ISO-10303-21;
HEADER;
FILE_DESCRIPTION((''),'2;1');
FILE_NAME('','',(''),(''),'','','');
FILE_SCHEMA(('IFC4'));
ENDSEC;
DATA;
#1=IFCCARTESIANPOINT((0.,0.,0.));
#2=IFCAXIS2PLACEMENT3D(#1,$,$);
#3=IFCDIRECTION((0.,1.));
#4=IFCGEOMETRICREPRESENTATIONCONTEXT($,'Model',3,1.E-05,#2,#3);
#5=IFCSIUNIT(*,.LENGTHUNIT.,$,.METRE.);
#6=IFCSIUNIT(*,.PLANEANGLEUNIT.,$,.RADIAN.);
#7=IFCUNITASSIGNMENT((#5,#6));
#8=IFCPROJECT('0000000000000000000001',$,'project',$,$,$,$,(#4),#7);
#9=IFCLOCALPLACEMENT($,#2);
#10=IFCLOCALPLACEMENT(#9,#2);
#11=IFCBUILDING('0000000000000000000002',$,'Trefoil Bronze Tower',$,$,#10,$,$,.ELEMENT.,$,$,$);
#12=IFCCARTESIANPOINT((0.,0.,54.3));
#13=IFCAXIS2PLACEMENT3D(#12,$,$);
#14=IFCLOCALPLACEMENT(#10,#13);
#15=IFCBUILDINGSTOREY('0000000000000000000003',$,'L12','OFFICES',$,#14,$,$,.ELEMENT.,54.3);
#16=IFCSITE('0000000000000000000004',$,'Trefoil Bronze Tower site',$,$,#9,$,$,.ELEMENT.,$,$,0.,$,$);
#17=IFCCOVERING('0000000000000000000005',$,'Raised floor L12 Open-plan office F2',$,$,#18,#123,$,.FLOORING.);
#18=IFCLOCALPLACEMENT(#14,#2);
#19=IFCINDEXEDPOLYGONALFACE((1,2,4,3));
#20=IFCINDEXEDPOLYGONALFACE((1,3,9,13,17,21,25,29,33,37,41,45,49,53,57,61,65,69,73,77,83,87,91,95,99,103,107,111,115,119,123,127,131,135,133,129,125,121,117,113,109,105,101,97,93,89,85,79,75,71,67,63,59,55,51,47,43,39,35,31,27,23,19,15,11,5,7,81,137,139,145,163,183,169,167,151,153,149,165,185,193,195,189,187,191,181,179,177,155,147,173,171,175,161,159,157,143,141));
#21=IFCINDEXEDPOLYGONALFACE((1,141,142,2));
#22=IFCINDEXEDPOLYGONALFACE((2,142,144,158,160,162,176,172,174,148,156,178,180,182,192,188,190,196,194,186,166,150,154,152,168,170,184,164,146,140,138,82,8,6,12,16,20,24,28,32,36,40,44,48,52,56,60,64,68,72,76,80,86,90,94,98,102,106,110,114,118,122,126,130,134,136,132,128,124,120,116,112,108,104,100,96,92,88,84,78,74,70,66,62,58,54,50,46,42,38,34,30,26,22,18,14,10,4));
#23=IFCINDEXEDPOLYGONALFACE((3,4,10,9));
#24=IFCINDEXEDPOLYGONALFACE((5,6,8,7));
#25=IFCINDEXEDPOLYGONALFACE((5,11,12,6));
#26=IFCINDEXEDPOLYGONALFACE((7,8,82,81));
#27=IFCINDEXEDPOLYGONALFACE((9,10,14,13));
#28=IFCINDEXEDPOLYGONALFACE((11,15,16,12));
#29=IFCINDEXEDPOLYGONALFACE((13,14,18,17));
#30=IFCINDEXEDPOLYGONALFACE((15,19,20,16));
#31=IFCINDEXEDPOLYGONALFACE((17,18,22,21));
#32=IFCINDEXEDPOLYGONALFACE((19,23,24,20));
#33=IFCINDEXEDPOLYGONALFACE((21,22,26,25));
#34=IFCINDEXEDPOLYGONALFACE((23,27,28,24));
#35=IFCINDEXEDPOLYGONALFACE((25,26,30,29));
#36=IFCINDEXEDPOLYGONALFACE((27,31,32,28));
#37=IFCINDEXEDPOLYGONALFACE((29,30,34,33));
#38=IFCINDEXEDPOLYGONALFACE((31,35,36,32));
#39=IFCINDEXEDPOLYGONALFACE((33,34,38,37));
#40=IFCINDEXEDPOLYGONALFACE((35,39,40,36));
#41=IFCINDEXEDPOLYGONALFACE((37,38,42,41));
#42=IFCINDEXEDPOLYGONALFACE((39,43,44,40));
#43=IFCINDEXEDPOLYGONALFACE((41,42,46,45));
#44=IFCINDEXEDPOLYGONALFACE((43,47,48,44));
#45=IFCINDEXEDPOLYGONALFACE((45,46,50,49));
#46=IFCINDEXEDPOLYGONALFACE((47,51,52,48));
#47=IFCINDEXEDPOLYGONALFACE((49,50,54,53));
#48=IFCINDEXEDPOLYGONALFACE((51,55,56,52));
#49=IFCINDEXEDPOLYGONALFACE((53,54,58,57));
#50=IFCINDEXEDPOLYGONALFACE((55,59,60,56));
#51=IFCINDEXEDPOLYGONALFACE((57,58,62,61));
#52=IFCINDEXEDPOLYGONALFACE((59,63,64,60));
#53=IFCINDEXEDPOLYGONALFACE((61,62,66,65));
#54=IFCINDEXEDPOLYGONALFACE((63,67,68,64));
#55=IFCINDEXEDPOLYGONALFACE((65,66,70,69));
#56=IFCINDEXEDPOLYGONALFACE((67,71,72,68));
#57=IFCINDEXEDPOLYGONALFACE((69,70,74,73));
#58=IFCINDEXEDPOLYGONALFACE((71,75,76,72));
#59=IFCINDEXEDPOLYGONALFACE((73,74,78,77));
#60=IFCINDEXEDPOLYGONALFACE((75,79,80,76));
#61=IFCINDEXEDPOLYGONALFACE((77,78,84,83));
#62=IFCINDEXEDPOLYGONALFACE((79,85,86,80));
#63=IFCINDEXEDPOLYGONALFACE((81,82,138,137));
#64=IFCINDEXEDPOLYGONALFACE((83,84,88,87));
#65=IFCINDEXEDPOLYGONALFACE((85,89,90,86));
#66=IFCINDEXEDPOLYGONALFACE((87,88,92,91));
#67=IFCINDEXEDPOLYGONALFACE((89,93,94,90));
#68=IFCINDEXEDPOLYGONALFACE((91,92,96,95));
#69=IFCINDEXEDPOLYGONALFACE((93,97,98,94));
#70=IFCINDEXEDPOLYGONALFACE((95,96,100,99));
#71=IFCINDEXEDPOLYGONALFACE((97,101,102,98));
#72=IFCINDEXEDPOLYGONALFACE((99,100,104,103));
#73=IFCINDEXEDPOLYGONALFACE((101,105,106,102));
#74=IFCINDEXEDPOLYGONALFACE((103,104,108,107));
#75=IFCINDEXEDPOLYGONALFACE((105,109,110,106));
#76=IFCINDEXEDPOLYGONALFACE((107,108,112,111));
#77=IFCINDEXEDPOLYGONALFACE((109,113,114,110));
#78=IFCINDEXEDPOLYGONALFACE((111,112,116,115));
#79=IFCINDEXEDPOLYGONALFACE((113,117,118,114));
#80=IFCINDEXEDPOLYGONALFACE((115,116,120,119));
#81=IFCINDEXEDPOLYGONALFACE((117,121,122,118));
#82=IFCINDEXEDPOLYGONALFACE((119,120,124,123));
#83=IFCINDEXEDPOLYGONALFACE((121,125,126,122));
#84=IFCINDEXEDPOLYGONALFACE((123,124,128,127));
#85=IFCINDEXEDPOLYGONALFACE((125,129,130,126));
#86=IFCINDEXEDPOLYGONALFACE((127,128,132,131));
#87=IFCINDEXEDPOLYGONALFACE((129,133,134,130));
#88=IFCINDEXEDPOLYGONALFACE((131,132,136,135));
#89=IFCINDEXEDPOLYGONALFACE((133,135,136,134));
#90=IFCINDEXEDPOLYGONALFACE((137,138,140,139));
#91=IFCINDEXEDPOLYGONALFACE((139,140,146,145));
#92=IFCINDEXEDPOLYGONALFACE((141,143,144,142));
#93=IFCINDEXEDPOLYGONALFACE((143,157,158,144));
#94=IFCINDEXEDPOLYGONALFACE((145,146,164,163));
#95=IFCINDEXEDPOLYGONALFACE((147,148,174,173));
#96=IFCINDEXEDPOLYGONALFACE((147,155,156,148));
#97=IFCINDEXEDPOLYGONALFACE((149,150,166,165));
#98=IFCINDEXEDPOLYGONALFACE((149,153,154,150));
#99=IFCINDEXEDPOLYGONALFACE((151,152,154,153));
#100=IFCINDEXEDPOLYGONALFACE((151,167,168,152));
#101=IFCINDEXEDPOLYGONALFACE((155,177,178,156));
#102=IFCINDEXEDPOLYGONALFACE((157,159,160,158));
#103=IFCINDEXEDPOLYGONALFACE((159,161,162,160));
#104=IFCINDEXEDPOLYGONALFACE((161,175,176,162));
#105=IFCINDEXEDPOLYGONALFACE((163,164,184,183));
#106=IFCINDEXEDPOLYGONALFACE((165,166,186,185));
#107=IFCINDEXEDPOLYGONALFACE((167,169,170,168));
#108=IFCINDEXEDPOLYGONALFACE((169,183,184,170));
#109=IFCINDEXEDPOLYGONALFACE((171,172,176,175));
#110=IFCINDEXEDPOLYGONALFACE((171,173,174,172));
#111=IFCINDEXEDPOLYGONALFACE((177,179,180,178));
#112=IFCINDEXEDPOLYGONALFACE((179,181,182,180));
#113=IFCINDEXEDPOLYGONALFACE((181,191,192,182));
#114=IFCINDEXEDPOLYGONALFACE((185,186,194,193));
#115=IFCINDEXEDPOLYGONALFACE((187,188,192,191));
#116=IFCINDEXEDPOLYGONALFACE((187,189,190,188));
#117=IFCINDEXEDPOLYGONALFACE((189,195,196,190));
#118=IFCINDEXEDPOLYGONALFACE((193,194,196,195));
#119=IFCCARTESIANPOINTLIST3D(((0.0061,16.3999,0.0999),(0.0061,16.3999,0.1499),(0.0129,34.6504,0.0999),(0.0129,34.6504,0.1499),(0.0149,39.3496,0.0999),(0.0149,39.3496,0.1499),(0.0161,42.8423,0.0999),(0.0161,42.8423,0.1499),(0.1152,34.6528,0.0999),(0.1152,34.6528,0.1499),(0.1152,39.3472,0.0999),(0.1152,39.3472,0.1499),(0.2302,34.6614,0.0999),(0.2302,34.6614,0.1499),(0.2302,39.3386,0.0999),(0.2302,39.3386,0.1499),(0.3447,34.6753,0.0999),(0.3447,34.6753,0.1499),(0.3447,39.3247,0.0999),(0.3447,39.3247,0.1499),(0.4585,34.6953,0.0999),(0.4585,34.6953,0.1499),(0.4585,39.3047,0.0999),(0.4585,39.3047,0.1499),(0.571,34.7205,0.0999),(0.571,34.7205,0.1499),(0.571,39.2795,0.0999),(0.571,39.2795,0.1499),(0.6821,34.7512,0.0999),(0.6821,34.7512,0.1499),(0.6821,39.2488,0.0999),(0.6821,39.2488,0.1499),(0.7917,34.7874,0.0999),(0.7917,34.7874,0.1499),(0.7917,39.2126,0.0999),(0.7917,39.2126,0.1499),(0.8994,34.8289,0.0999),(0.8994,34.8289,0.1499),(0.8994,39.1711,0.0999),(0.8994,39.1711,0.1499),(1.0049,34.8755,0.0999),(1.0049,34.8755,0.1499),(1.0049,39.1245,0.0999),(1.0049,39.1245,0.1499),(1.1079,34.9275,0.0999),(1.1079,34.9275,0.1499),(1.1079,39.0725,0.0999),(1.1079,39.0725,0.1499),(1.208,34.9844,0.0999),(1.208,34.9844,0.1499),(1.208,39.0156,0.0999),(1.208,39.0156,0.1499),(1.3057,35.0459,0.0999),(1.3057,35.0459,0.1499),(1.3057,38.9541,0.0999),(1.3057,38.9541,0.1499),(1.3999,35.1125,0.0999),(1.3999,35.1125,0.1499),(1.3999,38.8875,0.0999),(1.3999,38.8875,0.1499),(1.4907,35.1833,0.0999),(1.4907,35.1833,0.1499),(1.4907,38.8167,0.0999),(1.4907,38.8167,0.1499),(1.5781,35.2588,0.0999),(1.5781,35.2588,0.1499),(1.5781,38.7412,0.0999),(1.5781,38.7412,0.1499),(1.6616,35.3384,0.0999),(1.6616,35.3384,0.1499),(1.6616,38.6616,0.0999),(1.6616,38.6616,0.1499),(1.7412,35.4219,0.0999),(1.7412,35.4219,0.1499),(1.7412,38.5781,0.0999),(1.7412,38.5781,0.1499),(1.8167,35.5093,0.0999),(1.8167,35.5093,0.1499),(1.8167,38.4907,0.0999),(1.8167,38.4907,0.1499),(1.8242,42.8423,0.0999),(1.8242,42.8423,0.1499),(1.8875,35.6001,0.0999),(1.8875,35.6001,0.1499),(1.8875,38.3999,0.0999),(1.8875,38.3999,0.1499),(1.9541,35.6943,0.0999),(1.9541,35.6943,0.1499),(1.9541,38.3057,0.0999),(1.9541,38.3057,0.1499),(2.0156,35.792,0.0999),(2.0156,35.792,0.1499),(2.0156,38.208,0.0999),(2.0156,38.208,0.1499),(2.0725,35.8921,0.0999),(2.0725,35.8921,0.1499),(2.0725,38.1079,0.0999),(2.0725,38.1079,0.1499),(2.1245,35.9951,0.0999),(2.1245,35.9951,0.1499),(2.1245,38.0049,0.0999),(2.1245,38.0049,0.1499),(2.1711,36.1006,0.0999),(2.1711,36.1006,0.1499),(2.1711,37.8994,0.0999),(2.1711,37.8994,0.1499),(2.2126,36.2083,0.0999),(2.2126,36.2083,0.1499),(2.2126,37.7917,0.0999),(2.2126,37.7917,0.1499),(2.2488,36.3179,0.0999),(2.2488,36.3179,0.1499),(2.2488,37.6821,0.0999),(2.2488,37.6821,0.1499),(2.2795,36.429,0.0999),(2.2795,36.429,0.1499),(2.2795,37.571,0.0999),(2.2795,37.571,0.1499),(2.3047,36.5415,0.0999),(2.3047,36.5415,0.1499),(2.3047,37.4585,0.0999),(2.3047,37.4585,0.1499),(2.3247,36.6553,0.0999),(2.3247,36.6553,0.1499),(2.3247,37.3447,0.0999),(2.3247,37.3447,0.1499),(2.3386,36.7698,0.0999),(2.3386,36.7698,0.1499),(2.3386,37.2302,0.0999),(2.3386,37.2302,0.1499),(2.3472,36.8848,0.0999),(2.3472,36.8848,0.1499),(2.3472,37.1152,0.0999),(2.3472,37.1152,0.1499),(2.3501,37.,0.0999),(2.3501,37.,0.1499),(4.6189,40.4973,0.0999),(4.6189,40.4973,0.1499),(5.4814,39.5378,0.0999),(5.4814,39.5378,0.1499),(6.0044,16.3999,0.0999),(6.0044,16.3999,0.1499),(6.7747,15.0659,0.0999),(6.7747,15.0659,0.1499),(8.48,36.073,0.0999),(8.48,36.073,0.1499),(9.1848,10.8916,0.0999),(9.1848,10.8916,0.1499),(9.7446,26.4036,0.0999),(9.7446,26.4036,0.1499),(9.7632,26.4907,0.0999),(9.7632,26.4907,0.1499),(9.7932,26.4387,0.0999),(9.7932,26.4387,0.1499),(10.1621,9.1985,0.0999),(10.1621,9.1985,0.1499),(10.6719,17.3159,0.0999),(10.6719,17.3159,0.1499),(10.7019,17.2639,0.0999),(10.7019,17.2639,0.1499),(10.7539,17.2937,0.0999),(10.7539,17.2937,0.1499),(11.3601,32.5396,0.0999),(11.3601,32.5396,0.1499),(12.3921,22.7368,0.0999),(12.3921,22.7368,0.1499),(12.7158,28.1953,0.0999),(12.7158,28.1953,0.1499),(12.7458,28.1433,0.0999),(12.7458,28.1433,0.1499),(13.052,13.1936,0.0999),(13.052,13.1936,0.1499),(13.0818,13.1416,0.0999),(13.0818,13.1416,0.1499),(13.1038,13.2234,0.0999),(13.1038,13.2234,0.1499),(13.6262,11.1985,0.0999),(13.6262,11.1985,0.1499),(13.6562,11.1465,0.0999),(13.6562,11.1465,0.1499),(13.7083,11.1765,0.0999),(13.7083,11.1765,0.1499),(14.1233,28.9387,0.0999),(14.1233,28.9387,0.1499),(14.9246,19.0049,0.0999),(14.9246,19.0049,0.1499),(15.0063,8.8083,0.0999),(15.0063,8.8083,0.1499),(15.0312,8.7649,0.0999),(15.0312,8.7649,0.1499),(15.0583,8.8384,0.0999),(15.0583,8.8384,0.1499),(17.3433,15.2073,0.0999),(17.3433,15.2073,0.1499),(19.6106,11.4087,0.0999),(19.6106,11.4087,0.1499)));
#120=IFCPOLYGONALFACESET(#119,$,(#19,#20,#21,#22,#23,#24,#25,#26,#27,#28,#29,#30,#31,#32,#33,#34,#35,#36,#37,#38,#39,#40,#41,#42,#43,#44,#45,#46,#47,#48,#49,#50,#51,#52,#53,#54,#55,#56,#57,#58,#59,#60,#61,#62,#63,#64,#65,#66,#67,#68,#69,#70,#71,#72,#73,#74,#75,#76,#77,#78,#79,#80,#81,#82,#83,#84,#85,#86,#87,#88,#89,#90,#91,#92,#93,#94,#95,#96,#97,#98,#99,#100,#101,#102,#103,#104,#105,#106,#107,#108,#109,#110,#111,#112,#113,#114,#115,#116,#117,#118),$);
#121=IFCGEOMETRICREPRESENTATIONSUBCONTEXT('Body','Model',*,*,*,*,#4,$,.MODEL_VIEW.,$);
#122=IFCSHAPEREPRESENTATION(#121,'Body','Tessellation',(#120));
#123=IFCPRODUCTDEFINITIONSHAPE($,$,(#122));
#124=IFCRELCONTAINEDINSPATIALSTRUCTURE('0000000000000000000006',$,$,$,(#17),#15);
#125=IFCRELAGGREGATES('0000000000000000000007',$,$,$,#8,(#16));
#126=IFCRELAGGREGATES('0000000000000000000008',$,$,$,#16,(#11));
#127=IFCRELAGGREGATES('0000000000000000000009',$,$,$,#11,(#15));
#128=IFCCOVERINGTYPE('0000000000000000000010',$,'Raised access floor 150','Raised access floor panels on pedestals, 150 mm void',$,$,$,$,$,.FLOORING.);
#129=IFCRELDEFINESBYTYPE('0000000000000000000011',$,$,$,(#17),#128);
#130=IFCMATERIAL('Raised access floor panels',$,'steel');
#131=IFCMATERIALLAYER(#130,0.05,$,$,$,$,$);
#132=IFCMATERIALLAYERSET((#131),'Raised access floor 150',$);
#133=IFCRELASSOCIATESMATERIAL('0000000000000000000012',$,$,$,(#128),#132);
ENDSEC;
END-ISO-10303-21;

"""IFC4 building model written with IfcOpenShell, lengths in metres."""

from ifc_helpers import new_model, si_unit, direction, frame, origin, place, context, subcontext, project, spatial, polyline, outline, extrude, material, layer, layer_set, type_object, element, save


model = new_model("IFC4")

# Units and contexts
model_context = context("Model", 3, precision=1e-05, world=origin(), true_north=direction((0.0, 1.0)))
body_context = subcontext(model_context, "Body", "Model", "MODEL_VIEW")
ifc_project = project(units=[si_unit("LENGTHUNIT", "METRE"), si_unit("PLANEANGLEUNIT", "RADIAN")], contexts=[model_context])

# Site, building, storey
site_placement = place(None, origin())
site = spatial("IfcSite", under=ifc_project, at=site_placement, Name="Trefoil Bronze Tower site", CompositionType="ELEMENT", RefElevation=0.0)
building_placement = place(site_placement, origin())
building = spatial("IfcBuilding", under=site, at=building_placement, Name="Trefoil Bronze Tower", CompositionType="ELEMENT")
storey_placement = place(building_placement, frame((0.0, 0.0, 54.3)))
storey = spatial("IfcBuildingStorey", under=building, at=storey_placement, Name="L12", Description="OFFICES", CompositionType="ELEMENT", Elevation=54.3)

# Covering
ifc_material_1 = material(Name="Raised access floor panels", Category="steel")
ifc_layer_1 = layer(ifc_material_1, 0.05)
ifc_layer_set_1 = layer_set([ifc_layer_1], Name="Raised access floor 150")
covering_type_1 = type_object("IfcCoveringType", Name="Raised access floor 150", Description="Raised access floor panels on pedestals, 150 mm void", PredefinedType="FLOORING", material=ifc_layer_set_1)
covering_1_placement = place(storey_placement, frame((0.0, 0.0, 0.0999)))
element("IfcCovering", 1, at=covering_1_placement, inside=storey, type_object=covering_type_1, Name="Raised floor L12 Open-plan office F2", PredefinedType="FLOORING", context=body_context, shape_type="SweptSolid", body=[
    extrude(outline(polyline([(4.6189, 40.4973), (5.4814, 39.5378), (8.48, 36.073), (11.3601, 32.5396), (14.1233, 28.9387), (12.7458, 28.1433), (12.7158, 28.1953), (9.7632, 26.4907), (9.7932, 26.4387), (9.7446, 26.4036), (12.3921, 22.7368), (14.9246, 19.0049), (17.3433, 15.2073), (19.6106, 11.4087), (15.0312, 8.7649), (15.0063, 8.8083), (15.0583, 8.8384), (13.7083, 11.1765), (13.6562, 11.1465), (13.6262, 11.1985), (10.1621, 9.1985), (9.1848, 10.8916), (13.0818, 13.1416), (13.052, 13.1936), (13.1038, 13.2234), (10.7539, 17.2937), (10.7019, 17.2639), (10.6719, 17.3159), (6.7747, 15.0659), (6.0044, 16.3999), (0.0061, 16.3999), (0.0129, 34.6504), (0.1152, 34.6528), (0.2302, 34.6614), (0.3447, 34.6753), (0.4585, 34.6953), (0.571, 34.7205), (0.6821, 34.7512), (0.7917, 34.7874), (0.8994, 34.8289), (1.0049, 34.8755), (1.1079, 34.9275), (1.208, 34.9844), (1.3057, 35.0459), (1.3999, 35.1125), (1.4907, 35.1833), (1.5781, 35.2588), (1.6616, 35.3384), (1.7412, 35.4219), (1.8167, 35.5093), (1.8875, 35.6001), (1.9541, 35.6943), (2.0156, 35.792), (2.0725, 35.8921), (2.1245, 35.9951), (2.1711, 36.1006), (2.2126, 36.2083), (2.2488, 36.3179), (2.2795, 36.429), (2.3047, 36.5415), (2.3247, 36.6553), (2.3386, 36.7698), (2.3472, 36.8848), (2.3501, 37.0), (2.3472, 37.1152), (2.3386, 37.2302), (2.3247, 37.3447), (2.3047, 37.4585), (2.2795, 37.571), (2.2488, 37.6821), (2.2126, 37.7917), (2.1711, 37.8994), (2.1245, 38.0049), (2.0725, 38.1079), (2.0156, 38.208), (1.9541, 38.3057), (1.8875, 38.3999), (1.8167, 38.4907), (1.7412, 38.5781), (1.6616, 38.6616), (1.5781, 38.7412), (1.4907, 38.8167), (1.3999, 38.8875), (1.3057, 38.9541), (1.208, 39.0156), (1.1079, 39.0725), (1.0049, 39.1245), (0.8994, 39.1711), (0.7917, 39.2126), (0.6821, 39.2488), (0.571, 39.2795), (0.4585, 39.3047), (0.3447, 39.3247), (0.2302, 39.3386), (0.1152, 39.3472), (0.0149, 39.3496), (0.0161, 42.8423), (1.8242, 42.8423), (4.6189, 40.4973)])), origin(), (0.0, 0.0, 1.0), 0.05),
])

save(model, "model.ifc")
